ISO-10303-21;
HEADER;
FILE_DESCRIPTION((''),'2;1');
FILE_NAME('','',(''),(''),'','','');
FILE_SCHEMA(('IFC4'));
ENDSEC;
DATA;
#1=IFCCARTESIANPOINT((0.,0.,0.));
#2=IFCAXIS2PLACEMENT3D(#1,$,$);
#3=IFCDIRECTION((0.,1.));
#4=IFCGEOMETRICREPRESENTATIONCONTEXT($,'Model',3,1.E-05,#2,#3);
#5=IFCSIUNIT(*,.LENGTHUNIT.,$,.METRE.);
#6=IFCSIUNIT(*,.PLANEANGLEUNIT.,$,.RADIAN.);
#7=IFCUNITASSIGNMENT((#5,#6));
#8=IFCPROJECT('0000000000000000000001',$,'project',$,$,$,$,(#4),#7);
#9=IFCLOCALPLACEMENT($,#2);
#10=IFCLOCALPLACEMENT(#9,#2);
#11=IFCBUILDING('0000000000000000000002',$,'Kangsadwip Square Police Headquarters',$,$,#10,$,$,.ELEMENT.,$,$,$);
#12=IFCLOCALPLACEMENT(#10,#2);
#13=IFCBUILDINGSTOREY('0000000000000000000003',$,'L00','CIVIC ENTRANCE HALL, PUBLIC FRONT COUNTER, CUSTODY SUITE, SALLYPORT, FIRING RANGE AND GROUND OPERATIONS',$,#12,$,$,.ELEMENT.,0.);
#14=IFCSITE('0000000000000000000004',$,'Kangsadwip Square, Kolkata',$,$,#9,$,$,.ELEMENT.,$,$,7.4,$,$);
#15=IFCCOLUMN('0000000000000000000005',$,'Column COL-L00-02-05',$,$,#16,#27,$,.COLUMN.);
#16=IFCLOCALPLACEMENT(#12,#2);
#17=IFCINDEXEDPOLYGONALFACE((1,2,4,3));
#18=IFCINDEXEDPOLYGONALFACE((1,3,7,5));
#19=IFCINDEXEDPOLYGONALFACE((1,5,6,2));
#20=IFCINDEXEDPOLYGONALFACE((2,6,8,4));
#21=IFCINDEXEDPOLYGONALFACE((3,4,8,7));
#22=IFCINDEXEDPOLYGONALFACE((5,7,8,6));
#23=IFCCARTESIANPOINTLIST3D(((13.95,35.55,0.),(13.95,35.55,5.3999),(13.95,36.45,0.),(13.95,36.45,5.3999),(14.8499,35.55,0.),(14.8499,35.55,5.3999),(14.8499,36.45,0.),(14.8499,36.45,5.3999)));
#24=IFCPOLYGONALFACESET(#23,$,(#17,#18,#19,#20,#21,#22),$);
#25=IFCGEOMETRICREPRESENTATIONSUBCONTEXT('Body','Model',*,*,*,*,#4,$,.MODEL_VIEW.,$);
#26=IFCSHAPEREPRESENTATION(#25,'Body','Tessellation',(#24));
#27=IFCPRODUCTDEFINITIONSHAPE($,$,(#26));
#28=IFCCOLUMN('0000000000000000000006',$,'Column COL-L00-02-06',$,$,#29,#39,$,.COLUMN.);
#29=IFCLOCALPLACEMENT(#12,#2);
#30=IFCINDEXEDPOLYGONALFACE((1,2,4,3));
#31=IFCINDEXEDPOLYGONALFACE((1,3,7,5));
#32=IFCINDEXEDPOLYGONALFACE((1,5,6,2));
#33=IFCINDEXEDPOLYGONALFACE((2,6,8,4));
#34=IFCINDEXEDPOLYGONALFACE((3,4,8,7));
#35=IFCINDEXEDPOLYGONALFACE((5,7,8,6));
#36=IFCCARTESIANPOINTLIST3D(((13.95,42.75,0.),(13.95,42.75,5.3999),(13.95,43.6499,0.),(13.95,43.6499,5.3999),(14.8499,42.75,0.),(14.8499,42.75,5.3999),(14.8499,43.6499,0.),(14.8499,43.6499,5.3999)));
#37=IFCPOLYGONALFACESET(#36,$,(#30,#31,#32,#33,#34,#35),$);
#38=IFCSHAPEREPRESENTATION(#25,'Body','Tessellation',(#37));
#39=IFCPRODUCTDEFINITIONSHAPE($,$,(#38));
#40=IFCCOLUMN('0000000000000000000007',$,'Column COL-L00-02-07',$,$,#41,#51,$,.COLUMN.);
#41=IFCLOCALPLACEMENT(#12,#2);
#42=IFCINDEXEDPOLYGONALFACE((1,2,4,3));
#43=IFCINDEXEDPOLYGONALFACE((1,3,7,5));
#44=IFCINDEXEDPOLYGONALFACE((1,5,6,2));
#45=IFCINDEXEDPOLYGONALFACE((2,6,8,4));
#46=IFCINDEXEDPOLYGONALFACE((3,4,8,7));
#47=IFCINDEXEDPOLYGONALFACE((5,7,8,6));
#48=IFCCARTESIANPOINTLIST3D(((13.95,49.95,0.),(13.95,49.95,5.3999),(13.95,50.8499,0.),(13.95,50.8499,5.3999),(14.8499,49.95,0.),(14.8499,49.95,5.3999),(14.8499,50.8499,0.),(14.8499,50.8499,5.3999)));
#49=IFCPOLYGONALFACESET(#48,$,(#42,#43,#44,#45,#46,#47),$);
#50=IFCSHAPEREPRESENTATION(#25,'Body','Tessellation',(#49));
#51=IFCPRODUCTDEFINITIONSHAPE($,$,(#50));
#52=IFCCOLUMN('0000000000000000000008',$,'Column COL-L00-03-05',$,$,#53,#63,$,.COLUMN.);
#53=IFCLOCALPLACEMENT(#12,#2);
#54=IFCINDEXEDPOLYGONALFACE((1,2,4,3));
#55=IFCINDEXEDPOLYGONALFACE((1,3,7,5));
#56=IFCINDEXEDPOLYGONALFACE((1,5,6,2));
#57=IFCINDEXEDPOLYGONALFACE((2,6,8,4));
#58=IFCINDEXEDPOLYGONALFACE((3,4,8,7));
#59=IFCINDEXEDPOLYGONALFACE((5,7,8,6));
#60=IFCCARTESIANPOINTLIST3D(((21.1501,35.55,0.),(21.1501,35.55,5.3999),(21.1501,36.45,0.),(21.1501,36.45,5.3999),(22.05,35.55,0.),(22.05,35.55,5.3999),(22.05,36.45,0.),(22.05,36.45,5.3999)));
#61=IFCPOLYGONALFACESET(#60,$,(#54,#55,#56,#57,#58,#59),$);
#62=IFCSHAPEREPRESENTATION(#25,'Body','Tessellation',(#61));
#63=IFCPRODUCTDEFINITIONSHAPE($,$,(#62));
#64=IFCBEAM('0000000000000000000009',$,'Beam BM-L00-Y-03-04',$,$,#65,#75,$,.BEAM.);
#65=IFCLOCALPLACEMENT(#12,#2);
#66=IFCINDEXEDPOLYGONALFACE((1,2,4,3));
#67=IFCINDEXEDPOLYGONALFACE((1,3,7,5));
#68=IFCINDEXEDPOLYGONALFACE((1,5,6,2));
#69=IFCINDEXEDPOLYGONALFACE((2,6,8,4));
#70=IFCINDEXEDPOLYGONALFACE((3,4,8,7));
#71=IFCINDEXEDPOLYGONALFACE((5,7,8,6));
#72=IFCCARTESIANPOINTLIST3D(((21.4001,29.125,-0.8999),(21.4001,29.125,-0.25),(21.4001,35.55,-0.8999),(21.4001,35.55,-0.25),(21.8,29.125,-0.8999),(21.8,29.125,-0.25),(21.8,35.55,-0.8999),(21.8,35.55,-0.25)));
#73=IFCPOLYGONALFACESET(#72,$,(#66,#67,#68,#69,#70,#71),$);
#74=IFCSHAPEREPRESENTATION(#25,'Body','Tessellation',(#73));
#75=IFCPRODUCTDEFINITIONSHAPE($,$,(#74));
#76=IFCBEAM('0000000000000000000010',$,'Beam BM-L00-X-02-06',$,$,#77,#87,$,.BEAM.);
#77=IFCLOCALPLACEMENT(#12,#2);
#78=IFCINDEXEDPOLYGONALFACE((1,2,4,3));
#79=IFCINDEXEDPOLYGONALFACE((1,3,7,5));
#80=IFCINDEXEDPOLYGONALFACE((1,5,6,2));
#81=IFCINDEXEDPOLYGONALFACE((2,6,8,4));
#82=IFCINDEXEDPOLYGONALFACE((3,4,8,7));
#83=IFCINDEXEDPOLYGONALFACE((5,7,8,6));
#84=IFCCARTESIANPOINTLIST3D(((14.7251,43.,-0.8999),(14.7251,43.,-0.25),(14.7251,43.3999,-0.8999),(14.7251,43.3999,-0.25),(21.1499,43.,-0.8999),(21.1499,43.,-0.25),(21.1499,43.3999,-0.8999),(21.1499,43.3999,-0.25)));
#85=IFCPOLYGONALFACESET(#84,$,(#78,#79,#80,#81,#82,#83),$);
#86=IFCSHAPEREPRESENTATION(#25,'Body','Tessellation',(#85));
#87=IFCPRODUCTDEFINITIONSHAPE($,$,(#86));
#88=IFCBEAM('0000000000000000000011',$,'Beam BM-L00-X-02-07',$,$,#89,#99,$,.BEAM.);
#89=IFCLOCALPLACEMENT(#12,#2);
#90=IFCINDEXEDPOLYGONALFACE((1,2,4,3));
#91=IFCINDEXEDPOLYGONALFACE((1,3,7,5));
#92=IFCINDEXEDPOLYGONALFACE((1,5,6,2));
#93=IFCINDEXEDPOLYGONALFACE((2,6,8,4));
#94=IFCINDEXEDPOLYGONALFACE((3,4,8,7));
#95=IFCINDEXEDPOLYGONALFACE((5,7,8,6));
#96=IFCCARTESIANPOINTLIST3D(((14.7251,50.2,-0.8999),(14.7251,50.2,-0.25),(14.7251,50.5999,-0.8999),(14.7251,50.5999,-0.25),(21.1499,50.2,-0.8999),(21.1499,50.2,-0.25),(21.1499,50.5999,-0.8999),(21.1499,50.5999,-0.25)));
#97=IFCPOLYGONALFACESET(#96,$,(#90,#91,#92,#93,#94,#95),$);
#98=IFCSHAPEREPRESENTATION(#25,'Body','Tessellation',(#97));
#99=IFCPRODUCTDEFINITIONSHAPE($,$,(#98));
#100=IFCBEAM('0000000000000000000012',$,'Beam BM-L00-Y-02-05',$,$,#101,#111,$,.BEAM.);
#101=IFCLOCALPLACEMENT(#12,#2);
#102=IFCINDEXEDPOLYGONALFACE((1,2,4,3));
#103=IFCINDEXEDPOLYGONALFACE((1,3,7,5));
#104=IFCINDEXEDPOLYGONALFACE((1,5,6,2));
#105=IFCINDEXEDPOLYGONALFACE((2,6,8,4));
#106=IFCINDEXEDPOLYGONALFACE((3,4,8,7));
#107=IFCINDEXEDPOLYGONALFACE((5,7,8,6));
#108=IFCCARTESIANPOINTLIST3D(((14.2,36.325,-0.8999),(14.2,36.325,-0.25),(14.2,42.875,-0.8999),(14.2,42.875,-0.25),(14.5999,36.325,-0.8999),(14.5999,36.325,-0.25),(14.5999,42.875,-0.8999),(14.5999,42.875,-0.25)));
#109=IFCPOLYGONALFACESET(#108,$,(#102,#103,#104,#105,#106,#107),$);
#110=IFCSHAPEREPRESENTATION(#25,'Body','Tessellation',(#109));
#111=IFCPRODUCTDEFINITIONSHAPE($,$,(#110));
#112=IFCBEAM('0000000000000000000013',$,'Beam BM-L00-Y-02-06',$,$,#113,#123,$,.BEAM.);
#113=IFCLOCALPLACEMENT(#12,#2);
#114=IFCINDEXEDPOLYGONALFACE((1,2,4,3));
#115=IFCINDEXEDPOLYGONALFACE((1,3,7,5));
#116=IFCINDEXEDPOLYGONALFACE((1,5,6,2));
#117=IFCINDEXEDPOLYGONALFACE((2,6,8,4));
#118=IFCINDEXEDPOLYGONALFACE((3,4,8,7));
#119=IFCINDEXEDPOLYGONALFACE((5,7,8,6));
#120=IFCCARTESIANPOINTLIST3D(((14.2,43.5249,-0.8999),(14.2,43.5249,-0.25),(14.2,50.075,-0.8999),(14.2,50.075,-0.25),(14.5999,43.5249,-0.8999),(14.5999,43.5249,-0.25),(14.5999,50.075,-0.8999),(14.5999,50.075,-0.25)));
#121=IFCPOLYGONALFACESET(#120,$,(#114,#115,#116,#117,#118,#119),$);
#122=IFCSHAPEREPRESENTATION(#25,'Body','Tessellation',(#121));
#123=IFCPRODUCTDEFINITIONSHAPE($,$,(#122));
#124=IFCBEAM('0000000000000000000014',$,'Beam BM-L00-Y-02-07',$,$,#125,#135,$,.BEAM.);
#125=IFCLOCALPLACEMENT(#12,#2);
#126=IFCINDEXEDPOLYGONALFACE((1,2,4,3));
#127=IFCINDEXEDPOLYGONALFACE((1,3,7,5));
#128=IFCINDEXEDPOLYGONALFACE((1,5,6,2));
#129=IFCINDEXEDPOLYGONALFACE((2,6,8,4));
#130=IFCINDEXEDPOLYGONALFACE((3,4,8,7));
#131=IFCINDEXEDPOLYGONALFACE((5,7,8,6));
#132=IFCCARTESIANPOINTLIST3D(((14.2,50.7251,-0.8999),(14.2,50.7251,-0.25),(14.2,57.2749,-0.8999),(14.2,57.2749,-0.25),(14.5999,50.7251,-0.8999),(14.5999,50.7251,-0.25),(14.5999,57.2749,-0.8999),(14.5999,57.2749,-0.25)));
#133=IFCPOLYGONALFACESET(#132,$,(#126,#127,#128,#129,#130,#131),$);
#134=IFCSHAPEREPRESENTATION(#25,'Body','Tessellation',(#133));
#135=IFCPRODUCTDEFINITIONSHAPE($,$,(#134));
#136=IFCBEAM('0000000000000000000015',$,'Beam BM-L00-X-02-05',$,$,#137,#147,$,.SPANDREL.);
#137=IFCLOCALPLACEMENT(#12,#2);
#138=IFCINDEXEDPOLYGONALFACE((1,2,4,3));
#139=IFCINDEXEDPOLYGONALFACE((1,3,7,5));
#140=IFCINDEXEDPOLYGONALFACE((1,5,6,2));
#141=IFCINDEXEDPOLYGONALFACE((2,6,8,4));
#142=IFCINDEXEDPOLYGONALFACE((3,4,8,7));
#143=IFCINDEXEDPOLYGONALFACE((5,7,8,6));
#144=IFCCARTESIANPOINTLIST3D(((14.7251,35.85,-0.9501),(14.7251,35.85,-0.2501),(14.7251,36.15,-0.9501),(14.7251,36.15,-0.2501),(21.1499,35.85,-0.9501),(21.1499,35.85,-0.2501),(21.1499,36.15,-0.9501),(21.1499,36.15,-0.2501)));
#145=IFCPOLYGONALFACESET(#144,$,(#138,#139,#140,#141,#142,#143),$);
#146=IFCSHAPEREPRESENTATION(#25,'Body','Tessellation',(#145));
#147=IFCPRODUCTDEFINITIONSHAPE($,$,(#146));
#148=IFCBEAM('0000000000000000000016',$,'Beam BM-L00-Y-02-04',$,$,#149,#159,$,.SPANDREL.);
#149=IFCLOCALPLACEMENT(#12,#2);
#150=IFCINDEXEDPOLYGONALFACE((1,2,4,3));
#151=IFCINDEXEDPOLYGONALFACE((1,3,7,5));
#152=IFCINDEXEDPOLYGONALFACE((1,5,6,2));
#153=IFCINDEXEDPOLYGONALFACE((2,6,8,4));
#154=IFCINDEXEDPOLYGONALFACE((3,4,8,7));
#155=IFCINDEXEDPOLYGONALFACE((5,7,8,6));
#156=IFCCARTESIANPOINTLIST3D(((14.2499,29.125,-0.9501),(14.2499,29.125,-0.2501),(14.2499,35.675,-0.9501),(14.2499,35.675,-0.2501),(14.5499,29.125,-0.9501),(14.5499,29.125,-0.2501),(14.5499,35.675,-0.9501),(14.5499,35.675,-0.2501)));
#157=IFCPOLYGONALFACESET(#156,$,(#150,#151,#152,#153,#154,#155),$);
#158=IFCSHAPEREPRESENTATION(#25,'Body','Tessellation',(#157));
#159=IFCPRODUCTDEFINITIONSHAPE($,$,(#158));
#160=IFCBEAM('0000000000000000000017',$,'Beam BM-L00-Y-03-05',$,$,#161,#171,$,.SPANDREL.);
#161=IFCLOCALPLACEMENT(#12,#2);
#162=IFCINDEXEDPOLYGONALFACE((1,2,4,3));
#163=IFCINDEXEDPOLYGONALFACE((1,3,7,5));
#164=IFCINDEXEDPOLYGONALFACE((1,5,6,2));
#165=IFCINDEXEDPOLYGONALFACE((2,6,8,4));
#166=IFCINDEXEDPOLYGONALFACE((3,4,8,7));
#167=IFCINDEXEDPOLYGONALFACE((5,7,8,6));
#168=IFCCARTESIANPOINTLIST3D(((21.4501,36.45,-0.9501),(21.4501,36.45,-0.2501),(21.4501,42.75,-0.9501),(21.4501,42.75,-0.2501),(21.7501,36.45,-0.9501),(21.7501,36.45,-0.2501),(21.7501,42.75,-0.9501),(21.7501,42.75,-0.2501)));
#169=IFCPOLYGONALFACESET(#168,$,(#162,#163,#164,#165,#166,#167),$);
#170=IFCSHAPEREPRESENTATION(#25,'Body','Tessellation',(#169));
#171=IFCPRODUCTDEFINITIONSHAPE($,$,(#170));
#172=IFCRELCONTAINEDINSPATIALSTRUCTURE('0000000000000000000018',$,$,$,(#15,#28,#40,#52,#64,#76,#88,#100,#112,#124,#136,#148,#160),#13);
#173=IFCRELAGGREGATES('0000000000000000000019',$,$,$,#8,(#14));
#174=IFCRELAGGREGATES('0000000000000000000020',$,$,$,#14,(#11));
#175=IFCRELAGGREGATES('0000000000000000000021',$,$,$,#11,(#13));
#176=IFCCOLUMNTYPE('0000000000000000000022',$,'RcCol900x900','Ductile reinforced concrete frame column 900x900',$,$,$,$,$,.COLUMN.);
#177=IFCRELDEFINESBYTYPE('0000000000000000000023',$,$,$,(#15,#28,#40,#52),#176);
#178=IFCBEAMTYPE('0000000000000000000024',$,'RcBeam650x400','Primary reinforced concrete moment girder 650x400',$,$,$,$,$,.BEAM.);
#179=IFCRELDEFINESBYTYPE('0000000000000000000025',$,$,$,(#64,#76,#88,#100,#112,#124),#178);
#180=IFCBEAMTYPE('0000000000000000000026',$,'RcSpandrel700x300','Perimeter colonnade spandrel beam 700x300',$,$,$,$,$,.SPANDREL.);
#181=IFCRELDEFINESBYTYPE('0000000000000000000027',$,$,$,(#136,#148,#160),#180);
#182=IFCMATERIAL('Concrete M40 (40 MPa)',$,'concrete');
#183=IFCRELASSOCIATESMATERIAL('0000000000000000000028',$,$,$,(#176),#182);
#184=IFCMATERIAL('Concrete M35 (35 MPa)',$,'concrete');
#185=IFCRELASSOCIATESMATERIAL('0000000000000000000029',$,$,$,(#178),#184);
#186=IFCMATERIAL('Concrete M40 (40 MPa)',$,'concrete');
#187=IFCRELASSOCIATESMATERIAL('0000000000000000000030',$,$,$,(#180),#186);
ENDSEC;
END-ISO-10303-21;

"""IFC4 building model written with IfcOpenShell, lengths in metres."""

from ifc_helpers import new_model, si_unit, direction, frame, origin, origin_2d, place, context, subcontext, project, spatial, rectangle, extrude, material, material_profile, profile_set, type_object, element, save


model = new_model("IFC4")

# Units and contexts
model_context = context("Model", 3, precision=1e-05, world=origin(), true_north=direction((0.0, 1.0)))
body_context = subcontext(model_context, "Body", "Model", "MODEL_VIEW")
ifc_project = project(units=[si_unit("LENGTHUNIT", "METRE"), si_unit("PLANEANGLEUNIT", "RADIAN")], contexts=[model_context])

# Site, building, storey
site_placement = place(None, origin())
site = spatial("IfcSite", under=ifc_project, at=site_placement, Name="Kangsadwip Square, Kolkata", CompositionType="ELEMENT", RefElevation=7.4)
building_placement = place(site_placement, origin())
building = spatial("IfcBuilding", under=site, at=building_placement, Name="Kangsadwip Square Police Headquarters", CompositionType="ELEMENT")
storey_placement = place(building_placement, origin())
storey = spatial("IfcBuildingStorey", under=building, at=storey_placement, Name="L00", Description="CIVIC ENTRANCE HALL, PUBLIC FRONT COUNTER, CUSTODY SUITE, SALLYPORT, FIRING RANGE AND GROUND OPERATIONS", CompositionType="ELEMENT", Elevation=0.0)

# Columns
ifc_material_1 = material(Name="Concrete M40 (40 MPa)", Category="concrete")
ifc_material_profile_1 = material_profile(ifc_material_1, rectangle(XDim=0.8999, YDim=0.8999, at=origin_2d()), Name="RC COL 900X900")
ifc_profile_set_1 = profile_set([ifc_material_profile_1], Name="Concrete M40 (40 MPa)")
column_type = type_object("IfcColumnType", Name="RcCol900x900", Description="Ductile reinforced concrete frame column 900x900", PredefinedType="COLUMN", material=ifc_profile_set_1)
for number, where, z_axis, x_axis, name in (
    (1, (14.3999, 36.0, 0.0), (0.0, 0.0, 1.0), (1.0, 0.0, 0.0), "Column COL-L00-02-05"),
    (2, (14.3999, 43.2, 0.0), (0.0, 0.0, 1.0), (1.0, 0.0, 0.0), "Column COL-L00-02-06"),
    (3, (14.3999, 50.3999, 0.0), (0.0, 0.0, 1.0), (1.0, 0.0, 0.0), "Column COL-L00-02-07"),
    (4, (21.6001, 36.0, 0.0), (0.0, 0.0, 1.0), (1.0, 0.0, 0.0), "Column COL-L00-03-05"),
):
    element("IfcColumn", number, at=place(storey_placement, frame(where, z_axis=z_axis, x_axis=x_axis)), inside=storey, type_object=column_type, Name=name, PredefinedType="COLUMN", context=body_context, shape_type="SweptSolid", body=[
        extrude(rectangle(XDim=0.8999, YDim=0.8999, at=origin_2d()), origin(), (0.0, 0.0, 1.0), 5.3999),
    ])

# Beams
ifc_material_2 = material(Name="Concrete M35 (35 MPa)", Category="concrete")
ifc_material_profile_2 = material_profile(ifc_material_2, rectangle(XDim=0.3999, YDim=0.6499, at=origin_2d()), Name="RC BM 650X400")
ifc_profile_set_2 = profile_set([ifc_material_profile_2], Name="Concrete M35 (35 MPa)")
beam_type_1 = type_object("IfcBeamType", Name="RcBeam650x400", Description="Primary reinforced concrete moment girder 650x400", PredefinedType="BEAM", material=ifc_profile_set_2)
beam_1_placement = place(storey_placement, frame((21.6001, 29.125, -0.575), z_axis=(0.0, 1.0, 0.0), x_axis=(-1.0, 0.0, 0.0)))
element("IfcBeam", 5, at=beam_1_placement, inside=storey, type_object=beam_type_1, Name="Beam BM-L00-Y-03-04", PredefinedType="BEAM", context=body_context, shape_type="SweptSolid", body=[
    extrude(rectangle(XDim=0.3999, YDim=0.6499, at=origin_2d()), origin(), (0.0, 0.0, 1.0), 6.425),
])
for number, where, z_axis, x_axis, name in (
    (6, (14.7251, 43.2, -0.575), (1.0, 0.0, 0.0), (0.0, 1.0, 0.0), "Beam BM-L00-X-02-06"),
    (7, (14.7251, 50.3999, -0.575), (1.0, 0.0, 0.0), (0.0, 1.0, 0.0), "Beam BM-L00-X-02-07"),
):
    element("IfcBeam", number, at=place(storey_placement, frame(where, z_axis=z_axis, x_axis=x_axis)), inside=storey, type_object=beam_type_1, Name=name, PredefinedType="BEAM", context=body_context, shape_type="SweptSolid", body=[
        extrude(rectangle(XDim=0.3999, YDim=0.6499, at=origin_2d()), origin(), (0.0, 0.0, 1.0), 6.4248),
    ])
for number, where, z_axis, x_axis, name in (
    (8, (14.3999, 36.325, -0.575), (0.0, 1.0, 0.0), (-1.0, 0.0, 0.0), "Beam BM-L00-Y-02-05"),
    (9, (14.3999, 43.5249, -0.575), (0.0, 1.0, 0.0), (-1.0, 0.0, 0.0), "Beam BM-L00-Y-02-06"),
):
    element("IfcBeam", number, at=place(storey_placement, frame(where, z_axis=z_axis, x_axis=x_axis)), inside=storey, type_object=beam_type_1, Name=name, PredefinedType="BEAM", context=body_context, shape_type="SweptSolid", body=[
        extrude(rectangle(XDim=0.3999, YDim=0.6499, at=origin_2d()), origin(), (0.0, 0.0, 1.0), 6.55),
    ])
beam_2_placement = place(storey_placement, frame((14.3999, 50.7251, -0.575), z_axis=(0.0, 1.0, 0.0), x_axis=(-1.0, 0.0, 0.0)))
element("IfcBeam", 10, at=beam_2_placement, inside=storey, type_object=beam_type_1, Name="Beam BM-L00-Y-02-07", PredefinedType="BEAM", context=body_context, shape_type="SweptSolid", body=[
    extrude(rectangle(XDim=0.3999, YDim=0.6499, at=origin_2d()), origin(), (0.0, 0.0, 1.0), 6.5498),
])
ifc_material_3 = material(Name="Concrete M40 (40 MPa)", Category="concrete")
ifc_material_profile_3 = material_profile(ifc_material_3, rectangle(XDim=0.3, YDim=0.7, at=origin_2d()), Name="RC SPN 700X300")
ifc_profile_set_3 = profile_set([ifc_material_profile_3], Name="Concrete M40 (40 MPa)")
beam_type_2 = type_object("IfcBeamType", Name="RcSpandrel700x300", Description="Perimeter colonnade spandrel beam 700x300", PredefinedType="SPANDREL", material=ifc_profile_set_3)
beam_3_placement = place(storey_placement, frame((14.7251, 36.0, -0.6001), z_axis=(1.0, 0.0, 0.0), x_axis=(0.0, 1.0, 0.0)))
element("IfcBeam", 11, at=beam_3_placement, inside=storey, type_object=beam_type_2, Name="Beam BM-L00-X-02-05", PredefinedType="SPANDREL", context=body_context, shape_type="SweptSolid", body=[
    extrude(rectangle(XDim=0.3, YDim=0.7, at=origin_2d()), origin(), (0.0, 0.0, 1.0), 6.4248),
])
beam_4_placement = place(storey_placement, frame((14.3999, 29.125, -0.6001), z_axis=(0.0, 1.0, 0.0), x_axis=(-1.0, 0.0, 0.0)))
element("IfcBeam", 12, at=beam_4_placement, inside=storey, type_object=beam_type_2, Name="Beam BM-L00-Y-02-04", PredefinedType="SPANDREL", context=body_context, shape_type="SweptSolid", body=[
    extrude(rectangle(XDim=0.3, YDim=0.7, at=origin_2d()), origin(), (0.0, 0.0, 1.0), 6.55),
])
beam_5_placement = place(storey_placement, frame((21.6001, 36.45, -0.6001), z_axis=(0.0, 1.0, 0.0), x_axis=(-1.0, 0.0, 0.0)))
element("IfcBeam", 13, at=beam_5_placement, inside=storey, type_object=beam_type_2, Name="Beam BM-L00-Y-03-05", PredefinedType="SPANDREL", context=body_context, shape_type="SweptSolid", body=[
    extrude(rectangle(XDim=0.3, YDim=0.7, at=origin_2d()), origin(), (0.0, 0.0, 1.0), 6.3),
])

save(model, "model.ifc")
